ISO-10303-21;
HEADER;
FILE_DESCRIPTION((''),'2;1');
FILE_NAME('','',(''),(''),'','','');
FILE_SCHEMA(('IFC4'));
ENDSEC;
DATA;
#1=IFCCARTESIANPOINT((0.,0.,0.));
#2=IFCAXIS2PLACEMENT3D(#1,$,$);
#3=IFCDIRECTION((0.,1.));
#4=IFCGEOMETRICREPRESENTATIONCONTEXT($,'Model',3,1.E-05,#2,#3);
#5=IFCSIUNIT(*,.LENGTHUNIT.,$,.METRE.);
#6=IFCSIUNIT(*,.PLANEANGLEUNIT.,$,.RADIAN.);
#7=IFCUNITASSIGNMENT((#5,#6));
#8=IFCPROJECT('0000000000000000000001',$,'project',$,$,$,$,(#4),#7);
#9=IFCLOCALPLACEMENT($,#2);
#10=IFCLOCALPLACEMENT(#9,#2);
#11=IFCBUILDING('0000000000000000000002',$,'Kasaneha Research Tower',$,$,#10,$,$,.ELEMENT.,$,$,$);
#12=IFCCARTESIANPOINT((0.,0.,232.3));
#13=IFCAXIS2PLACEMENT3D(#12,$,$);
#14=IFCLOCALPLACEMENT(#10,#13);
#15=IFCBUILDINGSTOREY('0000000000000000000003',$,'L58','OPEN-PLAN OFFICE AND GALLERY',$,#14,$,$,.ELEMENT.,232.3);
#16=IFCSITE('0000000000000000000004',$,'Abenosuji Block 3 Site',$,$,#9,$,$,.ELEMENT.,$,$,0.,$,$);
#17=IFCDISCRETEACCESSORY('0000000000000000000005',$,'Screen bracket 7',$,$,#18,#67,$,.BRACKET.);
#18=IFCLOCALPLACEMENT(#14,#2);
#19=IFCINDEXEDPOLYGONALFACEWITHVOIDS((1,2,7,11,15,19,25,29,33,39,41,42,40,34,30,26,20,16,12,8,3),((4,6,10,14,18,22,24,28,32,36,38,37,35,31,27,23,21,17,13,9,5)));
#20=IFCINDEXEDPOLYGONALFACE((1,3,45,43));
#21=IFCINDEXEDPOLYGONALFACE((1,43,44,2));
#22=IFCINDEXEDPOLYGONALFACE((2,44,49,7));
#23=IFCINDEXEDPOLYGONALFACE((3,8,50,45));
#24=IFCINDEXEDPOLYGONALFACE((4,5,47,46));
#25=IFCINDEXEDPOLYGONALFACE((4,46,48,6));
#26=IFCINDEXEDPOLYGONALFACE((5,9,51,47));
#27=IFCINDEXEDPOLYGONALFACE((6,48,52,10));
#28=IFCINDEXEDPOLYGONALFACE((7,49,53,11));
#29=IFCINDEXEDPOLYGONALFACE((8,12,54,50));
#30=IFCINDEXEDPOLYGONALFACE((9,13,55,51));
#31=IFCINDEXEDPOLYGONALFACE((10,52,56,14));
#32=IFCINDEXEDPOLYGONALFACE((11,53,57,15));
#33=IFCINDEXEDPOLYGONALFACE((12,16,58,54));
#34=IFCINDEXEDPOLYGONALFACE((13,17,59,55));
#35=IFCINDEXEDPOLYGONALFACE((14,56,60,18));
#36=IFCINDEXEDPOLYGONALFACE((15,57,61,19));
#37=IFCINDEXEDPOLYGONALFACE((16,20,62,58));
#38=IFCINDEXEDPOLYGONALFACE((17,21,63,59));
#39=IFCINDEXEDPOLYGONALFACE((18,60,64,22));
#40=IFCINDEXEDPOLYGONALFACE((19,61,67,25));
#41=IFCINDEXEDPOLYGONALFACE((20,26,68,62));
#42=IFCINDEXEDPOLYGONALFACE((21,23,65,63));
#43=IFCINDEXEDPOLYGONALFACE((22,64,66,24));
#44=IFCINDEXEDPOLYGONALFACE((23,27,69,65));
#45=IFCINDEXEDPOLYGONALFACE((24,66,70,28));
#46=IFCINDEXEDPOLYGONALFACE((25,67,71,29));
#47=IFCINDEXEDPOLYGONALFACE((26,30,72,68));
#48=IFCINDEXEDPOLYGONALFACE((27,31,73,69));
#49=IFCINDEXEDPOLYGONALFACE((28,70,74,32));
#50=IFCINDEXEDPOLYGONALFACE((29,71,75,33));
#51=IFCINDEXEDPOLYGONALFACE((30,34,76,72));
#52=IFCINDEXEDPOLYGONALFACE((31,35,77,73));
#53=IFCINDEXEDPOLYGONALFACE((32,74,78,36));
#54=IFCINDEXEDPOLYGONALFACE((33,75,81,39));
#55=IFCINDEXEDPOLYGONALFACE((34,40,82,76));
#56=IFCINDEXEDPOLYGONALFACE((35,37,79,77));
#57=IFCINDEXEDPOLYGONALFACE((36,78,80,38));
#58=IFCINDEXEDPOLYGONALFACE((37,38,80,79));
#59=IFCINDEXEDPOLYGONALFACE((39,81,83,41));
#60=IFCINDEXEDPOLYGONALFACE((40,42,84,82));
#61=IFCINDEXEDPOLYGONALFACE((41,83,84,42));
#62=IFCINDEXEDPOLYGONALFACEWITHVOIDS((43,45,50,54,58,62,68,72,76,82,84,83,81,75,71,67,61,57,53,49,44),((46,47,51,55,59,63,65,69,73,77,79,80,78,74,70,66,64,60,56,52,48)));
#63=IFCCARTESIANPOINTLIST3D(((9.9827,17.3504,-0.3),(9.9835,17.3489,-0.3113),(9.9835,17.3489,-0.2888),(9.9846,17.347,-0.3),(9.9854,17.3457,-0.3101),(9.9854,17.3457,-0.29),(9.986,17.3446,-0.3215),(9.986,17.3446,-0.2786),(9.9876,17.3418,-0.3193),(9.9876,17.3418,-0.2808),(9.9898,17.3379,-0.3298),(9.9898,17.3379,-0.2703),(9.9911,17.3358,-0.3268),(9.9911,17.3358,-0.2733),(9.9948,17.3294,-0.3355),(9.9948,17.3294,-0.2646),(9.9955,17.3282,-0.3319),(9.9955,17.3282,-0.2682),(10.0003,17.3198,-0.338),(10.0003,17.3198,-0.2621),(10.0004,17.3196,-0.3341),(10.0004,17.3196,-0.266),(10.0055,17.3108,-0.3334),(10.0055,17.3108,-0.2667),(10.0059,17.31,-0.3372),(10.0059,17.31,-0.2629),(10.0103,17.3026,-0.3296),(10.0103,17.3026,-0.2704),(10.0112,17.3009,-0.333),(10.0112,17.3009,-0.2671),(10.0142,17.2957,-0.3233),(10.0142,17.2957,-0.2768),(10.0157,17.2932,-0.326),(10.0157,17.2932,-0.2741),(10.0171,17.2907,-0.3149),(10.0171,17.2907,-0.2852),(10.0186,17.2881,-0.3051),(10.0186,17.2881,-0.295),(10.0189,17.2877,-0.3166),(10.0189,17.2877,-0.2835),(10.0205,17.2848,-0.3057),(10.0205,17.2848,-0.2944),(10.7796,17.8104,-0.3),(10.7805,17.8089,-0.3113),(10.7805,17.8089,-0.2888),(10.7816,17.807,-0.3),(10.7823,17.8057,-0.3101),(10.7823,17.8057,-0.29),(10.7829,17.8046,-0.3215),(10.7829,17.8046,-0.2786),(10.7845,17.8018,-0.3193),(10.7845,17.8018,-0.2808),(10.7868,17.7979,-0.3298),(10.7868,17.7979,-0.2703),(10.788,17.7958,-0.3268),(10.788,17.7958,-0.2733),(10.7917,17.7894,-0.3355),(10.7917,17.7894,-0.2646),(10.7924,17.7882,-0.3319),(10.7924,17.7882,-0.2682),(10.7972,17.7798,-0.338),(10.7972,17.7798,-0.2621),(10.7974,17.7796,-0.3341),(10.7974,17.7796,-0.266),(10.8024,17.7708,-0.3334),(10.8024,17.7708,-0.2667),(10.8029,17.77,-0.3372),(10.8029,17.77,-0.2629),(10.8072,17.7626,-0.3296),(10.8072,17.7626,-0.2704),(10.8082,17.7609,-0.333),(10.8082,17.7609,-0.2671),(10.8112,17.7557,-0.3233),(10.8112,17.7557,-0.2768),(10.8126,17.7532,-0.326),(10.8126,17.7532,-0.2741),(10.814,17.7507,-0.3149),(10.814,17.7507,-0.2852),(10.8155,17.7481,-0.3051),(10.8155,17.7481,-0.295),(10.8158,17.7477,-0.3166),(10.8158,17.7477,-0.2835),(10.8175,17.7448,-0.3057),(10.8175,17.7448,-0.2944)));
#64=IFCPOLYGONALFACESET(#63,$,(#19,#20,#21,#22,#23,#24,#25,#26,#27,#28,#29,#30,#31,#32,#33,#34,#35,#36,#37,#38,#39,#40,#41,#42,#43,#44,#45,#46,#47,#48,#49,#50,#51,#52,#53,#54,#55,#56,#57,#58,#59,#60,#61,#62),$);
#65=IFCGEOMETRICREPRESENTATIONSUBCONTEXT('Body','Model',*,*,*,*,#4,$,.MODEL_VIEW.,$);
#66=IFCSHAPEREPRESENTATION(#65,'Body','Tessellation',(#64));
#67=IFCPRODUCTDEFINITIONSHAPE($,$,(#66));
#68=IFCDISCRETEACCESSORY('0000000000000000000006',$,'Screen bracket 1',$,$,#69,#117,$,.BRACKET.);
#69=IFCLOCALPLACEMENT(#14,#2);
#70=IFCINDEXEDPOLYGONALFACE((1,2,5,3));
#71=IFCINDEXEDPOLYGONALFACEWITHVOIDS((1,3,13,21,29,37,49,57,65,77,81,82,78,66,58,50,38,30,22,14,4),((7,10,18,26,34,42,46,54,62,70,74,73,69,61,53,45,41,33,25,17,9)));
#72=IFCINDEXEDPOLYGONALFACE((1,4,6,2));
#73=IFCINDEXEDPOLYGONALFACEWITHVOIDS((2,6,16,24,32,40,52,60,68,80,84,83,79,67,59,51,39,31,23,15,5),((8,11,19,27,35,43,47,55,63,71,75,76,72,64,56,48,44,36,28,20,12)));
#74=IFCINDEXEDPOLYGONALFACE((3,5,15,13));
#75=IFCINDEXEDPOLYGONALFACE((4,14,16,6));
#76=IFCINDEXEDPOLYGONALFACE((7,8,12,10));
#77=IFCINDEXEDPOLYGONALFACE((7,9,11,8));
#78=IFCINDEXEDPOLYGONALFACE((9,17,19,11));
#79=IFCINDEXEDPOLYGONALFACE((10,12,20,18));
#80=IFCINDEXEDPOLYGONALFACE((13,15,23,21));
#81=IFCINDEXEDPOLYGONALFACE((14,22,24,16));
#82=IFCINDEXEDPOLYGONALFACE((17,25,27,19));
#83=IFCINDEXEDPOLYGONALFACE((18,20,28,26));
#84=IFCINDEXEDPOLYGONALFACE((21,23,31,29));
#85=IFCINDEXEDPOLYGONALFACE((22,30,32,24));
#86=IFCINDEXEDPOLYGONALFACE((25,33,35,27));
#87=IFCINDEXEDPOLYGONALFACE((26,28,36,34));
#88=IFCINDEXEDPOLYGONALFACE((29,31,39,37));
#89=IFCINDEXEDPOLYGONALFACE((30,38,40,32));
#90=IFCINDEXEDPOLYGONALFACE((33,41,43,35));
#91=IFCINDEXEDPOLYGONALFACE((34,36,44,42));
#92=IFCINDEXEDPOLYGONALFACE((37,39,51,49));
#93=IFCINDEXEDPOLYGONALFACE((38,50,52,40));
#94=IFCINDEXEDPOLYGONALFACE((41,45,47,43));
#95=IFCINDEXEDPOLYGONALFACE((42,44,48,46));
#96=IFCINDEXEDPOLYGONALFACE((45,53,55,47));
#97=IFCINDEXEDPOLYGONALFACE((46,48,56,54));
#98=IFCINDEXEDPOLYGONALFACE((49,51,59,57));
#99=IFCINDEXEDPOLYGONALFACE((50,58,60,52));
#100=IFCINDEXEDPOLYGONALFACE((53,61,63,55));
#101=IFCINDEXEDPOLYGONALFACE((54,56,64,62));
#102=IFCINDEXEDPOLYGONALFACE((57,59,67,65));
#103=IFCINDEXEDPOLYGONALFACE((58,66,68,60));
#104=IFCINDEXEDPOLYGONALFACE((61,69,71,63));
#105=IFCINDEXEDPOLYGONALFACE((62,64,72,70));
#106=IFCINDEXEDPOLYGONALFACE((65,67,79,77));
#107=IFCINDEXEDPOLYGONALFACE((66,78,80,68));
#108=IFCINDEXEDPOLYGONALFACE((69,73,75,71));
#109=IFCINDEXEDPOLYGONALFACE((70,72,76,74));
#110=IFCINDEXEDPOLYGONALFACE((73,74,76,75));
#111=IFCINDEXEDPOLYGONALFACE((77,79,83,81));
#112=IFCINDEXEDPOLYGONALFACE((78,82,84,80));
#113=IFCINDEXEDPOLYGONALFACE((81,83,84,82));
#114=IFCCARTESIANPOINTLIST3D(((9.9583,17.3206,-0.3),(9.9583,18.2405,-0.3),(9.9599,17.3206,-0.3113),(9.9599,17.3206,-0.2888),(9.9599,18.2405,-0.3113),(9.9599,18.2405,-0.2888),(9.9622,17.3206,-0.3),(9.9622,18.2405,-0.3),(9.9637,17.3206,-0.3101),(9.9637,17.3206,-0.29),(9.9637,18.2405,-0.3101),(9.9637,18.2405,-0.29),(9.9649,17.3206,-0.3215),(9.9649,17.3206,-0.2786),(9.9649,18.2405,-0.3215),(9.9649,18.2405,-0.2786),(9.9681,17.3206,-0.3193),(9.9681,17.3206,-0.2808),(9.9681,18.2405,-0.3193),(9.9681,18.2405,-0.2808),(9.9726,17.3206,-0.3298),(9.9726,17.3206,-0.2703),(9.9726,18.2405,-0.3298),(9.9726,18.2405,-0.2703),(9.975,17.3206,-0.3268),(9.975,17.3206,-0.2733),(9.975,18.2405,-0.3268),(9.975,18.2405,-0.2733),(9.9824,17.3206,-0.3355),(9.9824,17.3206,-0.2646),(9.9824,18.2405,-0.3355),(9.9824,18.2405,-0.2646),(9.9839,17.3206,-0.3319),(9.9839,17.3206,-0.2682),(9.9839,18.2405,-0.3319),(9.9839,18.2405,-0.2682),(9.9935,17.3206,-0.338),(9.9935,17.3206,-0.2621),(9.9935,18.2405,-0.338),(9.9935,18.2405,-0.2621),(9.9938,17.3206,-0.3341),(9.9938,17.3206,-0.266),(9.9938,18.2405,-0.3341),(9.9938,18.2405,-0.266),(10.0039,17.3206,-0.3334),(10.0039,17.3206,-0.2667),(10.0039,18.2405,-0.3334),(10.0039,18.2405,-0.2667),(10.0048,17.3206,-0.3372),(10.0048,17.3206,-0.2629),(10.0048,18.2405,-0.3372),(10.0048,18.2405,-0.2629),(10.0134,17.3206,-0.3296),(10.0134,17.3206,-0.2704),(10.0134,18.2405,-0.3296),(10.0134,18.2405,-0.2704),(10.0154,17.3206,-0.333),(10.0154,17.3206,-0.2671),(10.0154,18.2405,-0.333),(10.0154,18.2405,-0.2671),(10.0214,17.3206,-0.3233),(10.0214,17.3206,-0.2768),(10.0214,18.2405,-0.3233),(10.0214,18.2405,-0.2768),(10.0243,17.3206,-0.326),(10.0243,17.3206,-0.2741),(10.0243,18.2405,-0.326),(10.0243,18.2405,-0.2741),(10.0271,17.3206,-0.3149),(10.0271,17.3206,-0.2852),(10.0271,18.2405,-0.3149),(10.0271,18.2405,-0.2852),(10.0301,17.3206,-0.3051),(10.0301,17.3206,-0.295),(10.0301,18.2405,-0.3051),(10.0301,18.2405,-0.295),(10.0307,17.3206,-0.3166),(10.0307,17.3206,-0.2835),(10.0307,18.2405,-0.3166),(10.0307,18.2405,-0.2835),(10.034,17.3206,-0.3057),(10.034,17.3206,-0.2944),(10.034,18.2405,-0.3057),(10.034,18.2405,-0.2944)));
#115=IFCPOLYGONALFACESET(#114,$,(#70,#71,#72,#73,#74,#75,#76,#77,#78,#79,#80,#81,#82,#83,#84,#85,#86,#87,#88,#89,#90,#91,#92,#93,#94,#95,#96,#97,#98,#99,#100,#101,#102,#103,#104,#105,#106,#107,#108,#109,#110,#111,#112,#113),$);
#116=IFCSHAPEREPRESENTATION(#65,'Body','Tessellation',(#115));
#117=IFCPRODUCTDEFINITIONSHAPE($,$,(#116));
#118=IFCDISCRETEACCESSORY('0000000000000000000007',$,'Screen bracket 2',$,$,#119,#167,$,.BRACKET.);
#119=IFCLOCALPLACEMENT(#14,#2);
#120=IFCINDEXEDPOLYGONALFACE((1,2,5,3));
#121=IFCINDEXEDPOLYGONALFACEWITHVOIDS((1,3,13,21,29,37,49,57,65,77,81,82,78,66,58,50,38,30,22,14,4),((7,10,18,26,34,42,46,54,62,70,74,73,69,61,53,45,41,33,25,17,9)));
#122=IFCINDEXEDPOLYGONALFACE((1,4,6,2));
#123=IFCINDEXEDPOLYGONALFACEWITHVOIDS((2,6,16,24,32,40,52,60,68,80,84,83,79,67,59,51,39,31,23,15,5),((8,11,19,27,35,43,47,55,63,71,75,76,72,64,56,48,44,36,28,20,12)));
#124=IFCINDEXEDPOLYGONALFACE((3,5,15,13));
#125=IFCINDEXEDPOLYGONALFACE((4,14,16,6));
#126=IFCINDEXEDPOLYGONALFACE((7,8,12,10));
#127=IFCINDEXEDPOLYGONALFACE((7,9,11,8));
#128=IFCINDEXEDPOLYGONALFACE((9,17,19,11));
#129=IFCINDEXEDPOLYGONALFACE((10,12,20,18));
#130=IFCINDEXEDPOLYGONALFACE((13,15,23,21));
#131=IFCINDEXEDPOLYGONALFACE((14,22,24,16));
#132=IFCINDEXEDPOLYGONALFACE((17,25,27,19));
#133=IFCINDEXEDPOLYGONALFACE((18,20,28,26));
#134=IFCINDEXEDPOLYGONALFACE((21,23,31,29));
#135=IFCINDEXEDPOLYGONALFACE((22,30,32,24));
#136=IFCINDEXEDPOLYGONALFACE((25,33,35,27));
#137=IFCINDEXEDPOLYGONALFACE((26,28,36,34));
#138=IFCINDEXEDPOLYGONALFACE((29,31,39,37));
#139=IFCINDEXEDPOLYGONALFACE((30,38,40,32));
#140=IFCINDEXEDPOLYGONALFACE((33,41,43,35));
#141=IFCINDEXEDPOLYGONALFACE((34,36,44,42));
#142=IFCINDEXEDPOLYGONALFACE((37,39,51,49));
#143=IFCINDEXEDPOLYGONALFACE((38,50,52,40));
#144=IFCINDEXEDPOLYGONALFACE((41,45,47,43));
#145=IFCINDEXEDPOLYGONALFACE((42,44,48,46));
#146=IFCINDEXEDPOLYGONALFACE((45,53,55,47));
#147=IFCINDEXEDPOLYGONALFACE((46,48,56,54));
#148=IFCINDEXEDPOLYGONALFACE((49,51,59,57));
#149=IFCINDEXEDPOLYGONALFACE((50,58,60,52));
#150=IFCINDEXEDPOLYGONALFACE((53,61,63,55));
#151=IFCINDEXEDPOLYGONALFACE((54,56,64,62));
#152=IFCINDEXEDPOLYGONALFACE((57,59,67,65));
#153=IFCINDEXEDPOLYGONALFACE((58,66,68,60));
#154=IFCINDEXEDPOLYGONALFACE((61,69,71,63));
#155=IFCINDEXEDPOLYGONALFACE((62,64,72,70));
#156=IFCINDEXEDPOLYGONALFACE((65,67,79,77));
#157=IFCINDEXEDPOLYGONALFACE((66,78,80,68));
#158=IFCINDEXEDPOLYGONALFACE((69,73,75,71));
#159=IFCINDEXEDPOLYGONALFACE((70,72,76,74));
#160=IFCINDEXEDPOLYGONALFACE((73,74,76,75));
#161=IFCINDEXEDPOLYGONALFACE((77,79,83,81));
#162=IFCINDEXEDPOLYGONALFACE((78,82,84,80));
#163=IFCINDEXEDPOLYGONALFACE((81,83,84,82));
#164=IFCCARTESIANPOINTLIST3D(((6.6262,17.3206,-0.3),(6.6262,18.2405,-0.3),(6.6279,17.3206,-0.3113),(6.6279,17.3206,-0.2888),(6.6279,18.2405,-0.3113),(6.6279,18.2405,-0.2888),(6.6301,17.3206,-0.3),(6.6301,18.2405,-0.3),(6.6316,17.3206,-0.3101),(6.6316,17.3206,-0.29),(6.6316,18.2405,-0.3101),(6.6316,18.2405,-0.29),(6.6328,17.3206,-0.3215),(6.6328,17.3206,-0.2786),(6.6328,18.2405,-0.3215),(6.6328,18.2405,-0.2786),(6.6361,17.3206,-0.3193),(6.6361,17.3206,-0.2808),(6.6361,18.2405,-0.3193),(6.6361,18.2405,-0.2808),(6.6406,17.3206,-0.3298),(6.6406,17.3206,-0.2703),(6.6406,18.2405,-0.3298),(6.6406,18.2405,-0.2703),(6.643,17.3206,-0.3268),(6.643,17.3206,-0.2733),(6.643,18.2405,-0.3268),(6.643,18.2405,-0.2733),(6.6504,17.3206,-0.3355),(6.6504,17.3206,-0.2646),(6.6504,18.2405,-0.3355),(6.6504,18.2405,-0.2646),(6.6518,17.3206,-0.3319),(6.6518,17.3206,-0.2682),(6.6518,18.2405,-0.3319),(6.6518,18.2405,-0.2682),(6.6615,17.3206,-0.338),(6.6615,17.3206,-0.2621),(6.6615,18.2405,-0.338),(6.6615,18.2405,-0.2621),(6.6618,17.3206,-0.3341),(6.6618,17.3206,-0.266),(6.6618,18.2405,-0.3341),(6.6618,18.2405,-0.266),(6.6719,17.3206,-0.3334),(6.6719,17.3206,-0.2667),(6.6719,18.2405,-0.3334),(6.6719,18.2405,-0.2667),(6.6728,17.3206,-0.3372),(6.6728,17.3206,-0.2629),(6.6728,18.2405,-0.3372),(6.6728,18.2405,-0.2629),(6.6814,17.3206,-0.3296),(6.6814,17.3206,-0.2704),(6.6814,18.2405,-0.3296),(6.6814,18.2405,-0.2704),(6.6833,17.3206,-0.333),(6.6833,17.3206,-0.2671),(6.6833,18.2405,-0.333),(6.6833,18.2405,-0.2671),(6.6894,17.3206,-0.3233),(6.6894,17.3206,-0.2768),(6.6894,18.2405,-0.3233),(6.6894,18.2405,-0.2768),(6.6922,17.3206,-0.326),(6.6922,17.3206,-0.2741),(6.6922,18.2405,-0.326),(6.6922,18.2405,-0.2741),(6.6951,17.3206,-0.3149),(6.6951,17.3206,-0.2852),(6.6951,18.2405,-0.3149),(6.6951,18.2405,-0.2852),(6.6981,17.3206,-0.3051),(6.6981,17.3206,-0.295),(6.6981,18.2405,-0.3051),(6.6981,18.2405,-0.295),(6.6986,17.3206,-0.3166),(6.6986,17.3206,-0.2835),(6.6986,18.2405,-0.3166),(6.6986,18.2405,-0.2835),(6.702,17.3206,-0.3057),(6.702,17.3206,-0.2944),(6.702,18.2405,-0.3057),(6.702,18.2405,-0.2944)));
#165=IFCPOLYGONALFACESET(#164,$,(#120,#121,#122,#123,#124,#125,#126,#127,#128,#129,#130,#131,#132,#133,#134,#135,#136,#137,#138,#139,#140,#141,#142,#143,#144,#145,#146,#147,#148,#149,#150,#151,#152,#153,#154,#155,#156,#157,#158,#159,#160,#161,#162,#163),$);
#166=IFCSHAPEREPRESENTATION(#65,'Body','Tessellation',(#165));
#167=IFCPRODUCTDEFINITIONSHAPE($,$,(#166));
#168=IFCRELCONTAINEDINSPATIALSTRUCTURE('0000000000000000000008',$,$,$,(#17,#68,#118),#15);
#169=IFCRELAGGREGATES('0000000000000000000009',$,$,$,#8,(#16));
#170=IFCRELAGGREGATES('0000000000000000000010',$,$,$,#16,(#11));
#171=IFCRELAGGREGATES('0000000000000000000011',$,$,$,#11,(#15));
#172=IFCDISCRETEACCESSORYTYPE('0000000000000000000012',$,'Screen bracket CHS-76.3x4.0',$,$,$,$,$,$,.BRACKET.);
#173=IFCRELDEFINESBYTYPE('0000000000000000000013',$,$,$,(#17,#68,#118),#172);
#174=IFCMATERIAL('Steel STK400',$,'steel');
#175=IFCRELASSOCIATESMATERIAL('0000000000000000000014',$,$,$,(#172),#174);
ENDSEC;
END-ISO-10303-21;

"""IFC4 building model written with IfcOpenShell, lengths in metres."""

from ifc_helpers import new_model, si_unit, direction, frame, origin, origin_2d, place, context, subcontext, project, spatial, hollow_circle, extrude, material, material_profile, profile_set, type_object, element, save


model = new_model("IFC4")

# Units and contexts
model_context = context("Model", 3, precision=1e-05, world=origin(), true_north=direction((0.0, 1.0)))
body_context = subcontext(model_context, "Body", "Model", "MODEL_VIEW")
ifc_project = project(units=[si_unit("LENGTHUNIT", "METRE"), si_unit("PLANEANGLEUNIT", "RADIAN")], contexts=[model_context])

# Site, building, storey
site_placement = place(None, origin())
site = spatial("IfcSite", under=ifc_project, at=site_placement, Name="Abenosuji Block 3 Site", CompositionType="ELEMENT", RefElevation=0.0)
building_placement = place(site_placement, origin())
building = spatial("IfcBuilding", under=site, at=building_placement, Name="Kasaneha Research Tower", CompositionType="ELEMENT")
storey_placement = place(building_placement, frame((0.0, 0.0, 232.3)))
storey = spatial("IfcBuildingStorey", under=building, at=storey_placement, Name="L58", Description="OPEN-PLAN OFFICE AND GALLERY", CompositionType="ELEMENT", Elevation=232.3)

# Discrete accessories
ifc_material_1 = material(Name="Steel STK400", Category="steel")
ifc_material_profile_1 = material_profile(ifc_material_1, hollow_circle(Radius=0.0381, WallThickness=0.0039, at=origin_2d()), Name="CHS-76.3x4.0")
ifc_profile_set_1 = profile_set([ifc_material_profile_1], Name="Steel STK400")
discrete_accessory_type = type_object("IfcDiscreteAccessoryType", Name="Screen bracket CHS-76.3x4.0", PredefinedType="BRACKET", material=ifc_profile_set_1)
for number, where, z_axis, x_axis, name in (
    (1, (10.0017, 17.3174, -0.3), (0.86608, 0.499906, 0.0), (-0.499906, 0.86608, 0.0), "Screen bracket 7"),
):
    element("IfcDiscreteAccessory", number, at=place(storey_placement, frame(where, z_axis=z_axis, x_axis=x_axis)), inside=storey, type_object=discrete_accessory_type, Name=name, PredefinedType="BRACKET", context=body_context, shape_type="SweptSolid", body=[
        extrude(hollow_circle(Radius=0.0381, WallThickness=0.0039, at=origin_2d()), origin(), (0.0, 0.0, 1.0), 0.9202),
    ])
for number, where, z_axis, x_axis, name in (
    (2, (9.9963, 17.3206, -0.3), (0.0, 1.0, 0.0), (-1.0, 0.0, 0.0), "Screen bracket 1"),
    (3, (6.6643, 17.3206, -0.3), (0.0, 1.0, 0.0), (-1.0, 0.0, 0.0), "Screen bracket 2"),
):
    element("IfcDiscreteAccessory", number, at=place(storey_placement, frame(where, z_axis=z_axis, x_axis=x_axis)), inside=storey, type_object=discrete_accessory_type, Name=name, PredefinedType="BRACKET", context=body_context, shape_type="SweptSolid", body=[
        extrude(hollow_circle(Radius=0.0381, WallThickness=0.0039, at=origin_2d()), origin(), (0.0, 0.0, 1.0), 0.9199),
    ])

save(model, "model.ifc")
